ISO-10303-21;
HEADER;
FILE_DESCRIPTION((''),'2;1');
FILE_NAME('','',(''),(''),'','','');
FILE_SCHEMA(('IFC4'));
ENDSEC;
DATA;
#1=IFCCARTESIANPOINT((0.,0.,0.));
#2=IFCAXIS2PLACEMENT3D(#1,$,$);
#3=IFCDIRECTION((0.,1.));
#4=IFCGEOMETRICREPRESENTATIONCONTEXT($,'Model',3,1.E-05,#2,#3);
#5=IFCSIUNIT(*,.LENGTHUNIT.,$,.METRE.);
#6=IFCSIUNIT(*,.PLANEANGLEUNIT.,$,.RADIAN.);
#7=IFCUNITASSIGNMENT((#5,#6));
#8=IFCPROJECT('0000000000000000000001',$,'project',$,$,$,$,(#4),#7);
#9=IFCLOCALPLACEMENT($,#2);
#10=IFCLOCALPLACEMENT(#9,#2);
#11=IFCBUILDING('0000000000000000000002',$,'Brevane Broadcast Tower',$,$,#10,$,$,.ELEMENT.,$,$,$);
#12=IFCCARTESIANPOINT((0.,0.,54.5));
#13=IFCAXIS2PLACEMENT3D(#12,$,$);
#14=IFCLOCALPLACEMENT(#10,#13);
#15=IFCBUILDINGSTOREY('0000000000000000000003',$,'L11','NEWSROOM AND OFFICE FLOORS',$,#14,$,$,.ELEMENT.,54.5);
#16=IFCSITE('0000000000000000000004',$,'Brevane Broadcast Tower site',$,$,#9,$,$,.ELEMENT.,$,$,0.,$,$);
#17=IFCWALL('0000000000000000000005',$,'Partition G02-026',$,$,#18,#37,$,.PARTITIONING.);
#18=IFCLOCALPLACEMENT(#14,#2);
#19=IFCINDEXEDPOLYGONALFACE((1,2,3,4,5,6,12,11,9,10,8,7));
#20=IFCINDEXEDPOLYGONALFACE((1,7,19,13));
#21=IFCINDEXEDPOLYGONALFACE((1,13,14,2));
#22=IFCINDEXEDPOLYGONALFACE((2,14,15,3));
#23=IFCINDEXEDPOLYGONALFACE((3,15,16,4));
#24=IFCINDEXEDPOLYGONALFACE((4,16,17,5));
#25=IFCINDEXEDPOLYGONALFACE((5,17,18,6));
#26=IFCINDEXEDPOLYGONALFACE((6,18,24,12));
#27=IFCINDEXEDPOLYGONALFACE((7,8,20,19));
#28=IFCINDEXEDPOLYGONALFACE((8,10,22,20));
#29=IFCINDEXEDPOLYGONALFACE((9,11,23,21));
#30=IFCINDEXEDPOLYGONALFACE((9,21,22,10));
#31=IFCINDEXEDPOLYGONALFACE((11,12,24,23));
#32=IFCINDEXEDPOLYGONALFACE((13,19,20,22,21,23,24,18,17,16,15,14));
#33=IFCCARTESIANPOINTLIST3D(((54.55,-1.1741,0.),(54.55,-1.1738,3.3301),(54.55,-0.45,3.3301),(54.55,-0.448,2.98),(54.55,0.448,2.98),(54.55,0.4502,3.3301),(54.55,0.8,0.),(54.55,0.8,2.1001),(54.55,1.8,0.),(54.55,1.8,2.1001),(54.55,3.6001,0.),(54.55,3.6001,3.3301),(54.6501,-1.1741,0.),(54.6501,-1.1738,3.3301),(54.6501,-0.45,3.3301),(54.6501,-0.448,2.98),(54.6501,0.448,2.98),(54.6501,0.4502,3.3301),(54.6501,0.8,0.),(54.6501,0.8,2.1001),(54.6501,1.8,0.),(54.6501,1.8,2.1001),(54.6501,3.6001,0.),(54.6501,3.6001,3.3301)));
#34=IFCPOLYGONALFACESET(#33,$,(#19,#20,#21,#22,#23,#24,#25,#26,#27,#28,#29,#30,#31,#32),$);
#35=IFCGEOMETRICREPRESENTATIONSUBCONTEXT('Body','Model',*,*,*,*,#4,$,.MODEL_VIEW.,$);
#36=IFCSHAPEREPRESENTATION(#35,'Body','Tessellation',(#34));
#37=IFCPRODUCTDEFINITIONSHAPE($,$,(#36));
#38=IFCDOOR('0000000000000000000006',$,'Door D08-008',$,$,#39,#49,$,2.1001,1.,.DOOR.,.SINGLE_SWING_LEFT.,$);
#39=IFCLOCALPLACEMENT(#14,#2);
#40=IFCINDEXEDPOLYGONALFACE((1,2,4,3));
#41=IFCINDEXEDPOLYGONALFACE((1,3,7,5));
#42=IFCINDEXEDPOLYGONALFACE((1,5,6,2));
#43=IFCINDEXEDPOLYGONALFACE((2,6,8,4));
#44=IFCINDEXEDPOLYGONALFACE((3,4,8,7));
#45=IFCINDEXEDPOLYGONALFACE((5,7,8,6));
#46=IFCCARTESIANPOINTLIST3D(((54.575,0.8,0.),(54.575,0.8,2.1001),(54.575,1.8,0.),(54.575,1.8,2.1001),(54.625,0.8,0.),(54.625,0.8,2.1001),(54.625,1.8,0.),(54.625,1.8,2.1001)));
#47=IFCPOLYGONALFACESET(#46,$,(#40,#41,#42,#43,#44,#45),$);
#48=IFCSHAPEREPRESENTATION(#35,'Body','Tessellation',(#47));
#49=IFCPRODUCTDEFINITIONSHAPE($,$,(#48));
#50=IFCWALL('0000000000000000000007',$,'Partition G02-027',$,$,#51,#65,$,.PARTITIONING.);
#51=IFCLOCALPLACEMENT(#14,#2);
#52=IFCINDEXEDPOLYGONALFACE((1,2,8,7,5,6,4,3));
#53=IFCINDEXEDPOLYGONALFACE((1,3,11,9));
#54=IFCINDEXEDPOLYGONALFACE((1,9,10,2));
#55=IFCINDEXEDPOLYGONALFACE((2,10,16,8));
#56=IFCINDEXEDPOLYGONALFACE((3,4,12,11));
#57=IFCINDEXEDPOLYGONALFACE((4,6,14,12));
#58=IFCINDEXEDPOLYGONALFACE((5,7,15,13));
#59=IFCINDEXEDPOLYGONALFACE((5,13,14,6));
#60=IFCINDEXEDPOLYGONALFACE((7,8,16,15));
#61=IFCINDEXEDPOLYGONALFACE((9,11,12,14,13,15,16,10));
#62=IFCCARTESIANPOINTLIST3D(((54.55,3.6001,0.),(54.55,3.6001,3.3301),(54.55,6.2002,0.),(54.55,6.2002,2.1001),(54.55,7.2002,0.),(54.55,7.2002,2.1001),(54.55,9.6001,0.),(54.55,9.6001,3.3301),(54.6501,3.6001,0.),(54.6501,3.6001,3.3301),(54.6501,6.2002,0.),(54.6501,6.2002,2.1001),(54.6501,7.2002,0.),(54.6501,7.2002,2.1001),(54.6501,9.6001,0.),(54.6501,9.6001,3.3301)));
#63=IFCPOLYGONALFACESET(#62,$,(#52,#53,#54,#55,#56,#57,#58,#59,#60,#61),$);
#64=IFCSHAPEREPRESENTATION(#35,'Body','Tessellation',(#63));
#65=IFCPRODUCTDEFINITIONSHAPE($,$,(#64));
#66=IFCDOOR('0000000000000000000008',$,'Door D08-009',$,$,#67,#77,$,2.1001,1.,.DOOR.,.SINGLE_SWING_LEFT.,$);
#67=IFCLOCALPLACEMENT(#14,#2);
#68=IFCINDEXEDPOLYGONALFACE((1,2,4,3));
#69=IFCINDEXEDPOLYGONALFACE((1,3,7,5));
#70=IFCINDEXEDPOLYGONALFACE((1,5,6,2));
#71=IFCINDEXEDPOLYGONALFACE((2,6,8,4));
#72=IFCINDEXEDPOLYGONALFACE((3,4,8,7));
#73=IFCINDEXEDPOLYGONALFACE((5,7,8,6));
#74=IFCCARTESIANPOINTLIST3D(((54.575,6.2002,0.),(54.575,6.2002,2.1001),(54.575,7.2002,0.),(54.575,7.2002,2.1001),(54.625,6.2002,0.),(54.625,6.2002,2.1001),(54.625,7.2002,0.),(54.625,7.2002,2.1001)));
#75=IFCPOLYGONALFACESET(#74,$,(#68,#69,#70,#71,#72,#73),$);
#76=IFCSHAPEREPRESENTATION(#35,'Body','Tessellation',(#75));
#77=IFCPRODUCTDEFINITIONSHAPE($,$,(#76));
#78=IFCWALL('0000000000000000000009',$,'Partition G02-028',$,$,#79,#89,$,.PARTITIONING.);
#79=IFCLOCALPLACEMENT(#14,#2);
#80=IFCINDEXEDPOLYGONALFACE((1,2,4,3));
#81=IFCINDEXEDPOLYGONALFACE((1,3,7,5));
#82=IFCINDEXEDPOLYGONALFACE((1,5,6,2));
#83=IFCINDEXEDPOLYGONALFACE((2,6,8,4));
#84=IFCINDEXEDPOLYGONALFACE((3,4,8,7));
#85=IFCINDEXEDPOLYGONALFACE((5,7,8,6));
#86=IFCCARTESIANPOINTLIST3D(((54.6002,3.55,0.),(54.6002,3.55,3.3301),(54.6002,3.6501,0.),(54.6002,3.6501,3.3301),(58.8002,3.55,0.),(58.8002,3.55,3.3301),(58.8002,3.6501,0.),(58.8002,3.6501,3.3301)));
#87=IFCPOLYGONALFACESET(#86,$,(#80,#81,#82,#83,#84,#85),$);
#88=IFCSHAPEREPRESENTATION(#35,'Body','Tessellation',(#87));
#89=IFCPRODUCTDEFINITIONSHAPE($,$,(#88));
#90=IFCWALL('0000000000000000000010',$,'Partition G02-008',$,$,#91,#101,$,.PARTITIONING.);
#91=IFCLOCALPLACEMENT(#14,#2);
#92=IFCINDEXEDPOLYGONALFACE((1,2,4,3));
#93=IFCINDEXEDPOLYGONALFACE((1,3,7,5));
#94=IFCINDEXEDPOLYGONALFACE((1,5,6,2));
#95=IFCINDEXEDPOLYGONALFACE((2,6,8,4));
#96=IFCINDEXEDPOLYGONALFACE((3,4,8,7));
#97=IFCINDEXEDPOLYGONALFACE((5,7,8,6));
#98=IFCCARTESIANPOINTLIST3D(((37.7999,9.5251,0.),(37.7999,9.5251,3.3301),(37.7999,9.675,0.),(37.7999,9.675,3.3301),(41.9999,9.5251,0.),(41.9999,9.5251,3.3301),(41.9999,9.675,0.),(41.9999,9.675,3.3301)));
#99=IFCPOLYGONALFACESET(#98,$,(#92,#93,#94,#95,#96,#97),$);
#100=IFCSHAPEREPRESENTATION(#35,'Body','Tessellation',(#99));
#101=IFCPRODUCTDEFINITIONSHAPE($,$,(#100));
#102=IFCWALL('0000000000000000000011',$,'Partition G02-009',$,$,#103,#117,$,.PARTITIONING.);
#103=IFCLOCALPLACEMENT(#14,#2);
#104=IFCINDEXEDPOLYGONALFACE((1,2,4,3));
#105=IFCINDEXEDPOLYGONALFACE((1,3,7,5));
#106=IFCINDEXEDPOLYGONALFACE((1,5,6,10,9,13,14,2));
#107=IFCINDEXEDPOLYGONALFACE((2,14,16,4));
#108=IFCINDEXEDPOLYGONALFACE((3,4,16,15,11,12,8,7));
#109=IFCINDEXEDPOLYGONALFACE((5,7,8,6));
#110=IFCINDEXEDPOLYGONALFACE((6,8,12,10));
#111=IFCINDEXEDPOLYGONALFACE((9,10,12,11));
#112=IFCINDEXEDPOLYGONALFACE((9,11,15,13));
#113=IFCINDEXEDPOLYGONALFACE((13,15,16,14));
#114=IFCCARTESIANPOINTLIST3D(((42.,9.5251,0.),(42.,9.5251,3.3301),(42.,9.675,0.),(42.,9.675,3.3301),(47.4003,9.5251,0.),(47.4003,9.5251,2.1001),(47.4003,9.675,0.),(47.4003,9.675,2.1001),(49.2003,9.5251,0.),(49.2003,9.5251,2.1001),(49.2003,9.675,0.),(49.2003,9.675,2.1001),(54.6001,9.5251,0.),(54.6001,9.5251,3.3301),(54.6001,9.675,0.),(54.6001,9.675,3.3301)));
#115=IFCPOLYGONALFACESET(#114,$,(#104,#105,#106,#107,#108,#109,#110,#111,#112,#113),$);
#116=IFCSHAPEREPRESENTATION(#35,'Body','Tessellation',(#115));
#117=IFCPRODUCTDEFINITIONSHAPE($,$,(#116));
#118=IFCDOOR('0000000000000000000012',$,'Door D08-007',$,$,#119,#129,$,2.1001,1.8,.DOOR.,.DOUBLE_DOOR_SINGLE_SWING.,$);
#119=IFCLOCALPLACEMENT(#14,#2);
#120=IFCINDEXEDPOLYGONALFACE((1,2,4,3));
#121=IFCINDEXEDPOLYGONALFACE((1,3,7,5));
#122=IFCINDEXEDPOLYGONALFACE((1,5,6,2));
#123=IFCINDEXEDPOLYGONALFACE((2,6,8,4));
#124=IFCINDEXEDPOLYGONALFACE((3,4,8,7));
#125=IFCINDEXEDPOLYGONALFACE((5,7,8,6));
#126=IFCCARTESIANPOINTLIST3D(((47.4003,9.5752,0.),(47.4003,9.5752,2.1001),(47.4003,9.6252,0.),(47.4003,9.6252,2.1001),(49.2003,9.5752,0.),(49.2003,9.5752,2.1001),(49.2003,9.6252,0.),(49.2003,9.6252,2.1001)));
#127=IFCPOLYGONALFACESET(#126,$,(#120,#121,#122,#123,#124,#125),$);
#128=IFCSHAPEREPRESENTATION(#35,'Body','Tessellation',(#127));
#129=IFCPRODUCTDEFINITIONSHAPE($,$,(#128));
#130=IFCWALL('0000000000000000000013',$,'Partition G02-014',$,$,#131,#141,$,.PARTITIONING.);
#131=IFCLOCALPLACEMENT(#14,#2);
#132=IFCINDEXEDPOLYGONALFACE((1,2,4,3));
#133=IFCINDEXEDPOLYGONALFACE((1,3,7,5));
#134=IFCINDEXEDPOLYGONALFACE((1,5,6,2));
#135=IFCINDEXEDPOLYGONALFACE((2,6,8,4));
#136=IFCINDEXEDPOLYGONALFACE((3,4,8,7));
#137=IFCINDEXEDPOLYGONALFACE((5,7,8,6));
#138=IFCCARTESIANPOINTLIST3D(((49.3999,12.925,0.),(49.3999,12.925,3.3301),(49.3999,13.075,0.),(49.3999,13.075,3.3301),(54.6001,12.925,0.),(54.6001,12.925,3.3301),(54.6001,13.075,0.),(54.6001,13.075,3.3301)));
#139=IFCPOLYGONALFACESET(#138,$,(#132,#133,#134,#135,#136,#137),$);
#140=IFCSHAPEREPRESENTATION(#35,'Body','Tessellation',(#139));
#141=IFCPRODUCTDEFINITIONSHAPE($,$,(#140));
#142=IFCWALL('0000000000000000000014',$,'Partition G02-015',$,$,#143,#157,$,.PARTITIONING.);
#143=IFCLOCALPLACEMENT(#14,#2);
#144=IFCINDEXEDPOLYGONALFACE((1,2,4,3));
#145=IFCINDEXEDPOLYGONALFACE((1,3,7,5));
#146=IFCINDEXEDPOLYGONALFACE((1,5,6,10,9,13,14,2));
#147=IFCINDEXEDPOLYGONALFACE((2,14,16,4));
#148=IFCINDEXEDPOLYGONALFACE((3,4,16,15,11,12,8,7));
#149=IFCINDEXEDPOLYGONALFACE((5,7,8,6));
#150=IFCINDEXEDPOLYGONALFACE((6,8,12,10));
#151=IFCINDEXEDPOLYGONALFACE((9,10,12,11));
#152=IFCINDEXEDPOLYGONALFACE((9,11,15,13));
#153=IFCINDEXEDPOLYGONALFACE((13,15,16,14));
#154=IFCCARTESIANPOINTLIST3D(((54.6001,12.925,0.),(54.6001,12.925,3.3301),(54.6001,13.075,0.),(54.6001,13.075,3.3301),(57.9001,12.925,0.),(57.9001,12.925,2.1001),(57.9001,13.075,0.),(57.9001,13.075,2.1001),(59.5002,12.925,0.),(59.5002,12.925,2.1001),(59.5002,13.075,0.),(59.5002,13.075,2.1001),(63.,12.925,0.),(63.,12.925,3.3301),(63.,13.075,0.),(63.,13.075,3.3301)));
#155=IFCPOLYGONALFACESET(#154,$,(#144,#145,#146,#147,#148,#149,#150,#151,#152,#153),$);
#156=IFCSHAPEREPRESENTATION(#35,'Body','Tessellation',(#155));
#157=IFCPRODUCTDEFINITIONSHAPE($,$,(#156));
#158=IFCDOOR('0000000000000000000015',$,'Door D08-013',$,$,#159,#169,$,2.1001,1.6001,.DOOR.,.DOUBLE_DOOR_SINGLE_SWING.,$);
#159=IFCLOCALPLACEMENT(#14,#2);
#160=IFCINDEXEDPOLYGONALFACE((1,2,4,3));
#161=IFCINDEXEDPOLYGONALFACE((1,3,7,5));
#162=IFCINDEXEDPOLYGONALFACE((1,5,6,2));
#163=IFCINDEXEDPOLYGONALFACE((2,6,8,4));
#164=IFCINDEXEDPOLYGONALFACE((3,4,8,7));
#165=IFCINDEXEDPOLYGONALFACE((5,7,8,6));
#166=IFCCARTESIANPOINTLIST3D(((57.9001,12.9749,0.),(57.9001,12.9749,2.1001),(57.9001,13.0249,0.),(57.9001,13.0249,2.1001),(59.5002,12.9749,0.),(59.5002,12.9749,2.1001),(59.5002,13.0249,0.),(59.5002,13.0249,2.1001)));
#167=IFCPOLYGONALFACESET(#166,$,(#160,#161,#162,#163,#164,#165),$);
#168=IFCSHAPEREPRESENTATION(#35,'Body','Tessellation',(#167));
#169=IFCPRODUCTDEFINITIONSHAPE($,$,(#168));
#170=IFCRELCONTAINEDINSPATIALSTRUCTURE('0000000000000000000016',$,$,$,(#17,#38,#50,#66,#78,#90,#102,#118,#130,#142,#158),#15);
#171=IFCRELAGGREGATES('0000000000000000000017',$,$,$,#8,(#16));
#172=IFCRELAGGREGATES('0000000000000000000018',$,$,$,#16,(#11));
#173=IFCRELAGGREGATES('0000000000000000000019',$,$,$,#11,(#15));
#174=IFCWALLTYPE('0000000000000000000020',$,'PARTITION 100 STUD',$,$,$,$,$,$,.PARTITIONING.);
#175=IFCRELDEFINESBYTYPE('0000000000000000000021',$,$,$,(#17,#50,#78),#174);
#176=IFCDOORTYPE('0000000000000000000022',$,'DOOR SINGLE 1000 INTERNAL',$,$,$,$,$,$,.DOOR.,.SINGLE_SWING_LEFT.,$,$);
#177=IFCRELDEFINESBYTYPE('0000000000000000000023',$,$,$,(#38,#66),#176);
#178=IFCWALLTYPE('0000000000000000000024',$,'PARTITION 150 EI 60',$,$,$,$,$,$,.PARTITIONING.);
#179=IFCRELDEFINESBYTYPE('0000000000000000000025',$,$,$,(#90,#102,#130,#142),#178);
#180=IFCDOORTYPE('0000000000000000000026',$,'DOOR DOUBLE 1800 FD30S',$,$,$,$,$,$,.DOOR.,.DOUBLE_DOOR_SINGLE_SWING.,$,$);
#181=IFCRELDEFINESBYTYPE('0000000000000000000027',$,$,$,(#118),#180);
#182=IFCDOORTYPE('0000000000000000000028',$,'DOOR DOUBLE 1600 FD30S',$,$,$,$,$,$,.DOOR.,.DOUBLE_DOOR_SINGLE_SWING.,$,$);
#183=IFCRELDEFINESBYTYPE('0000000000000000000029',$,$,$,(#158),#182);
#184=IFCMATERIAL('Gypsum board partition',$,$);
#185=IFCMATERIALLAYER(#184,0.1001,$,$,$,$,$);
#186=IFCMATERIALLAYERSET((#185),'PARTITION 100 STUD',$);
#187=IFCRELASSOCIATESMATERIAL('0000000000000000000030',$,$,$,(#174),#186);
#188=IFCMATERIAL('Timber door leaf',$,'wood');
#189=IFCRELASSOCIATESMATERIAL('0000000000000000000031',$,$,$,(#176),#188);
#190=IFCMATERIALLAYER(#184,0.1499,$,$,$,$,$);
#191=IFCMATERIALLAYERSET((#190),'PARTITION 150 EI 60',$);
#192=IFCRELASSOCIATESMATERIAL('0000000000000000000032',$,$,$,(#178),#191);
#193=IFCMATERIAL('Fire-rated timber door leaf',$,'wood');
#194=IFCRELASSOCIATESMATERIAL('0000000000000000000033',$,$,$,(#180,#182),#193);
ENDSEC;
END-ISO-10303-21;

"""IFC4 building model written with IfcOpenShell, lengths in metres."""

from ifc_helpers import new_model, si_unit, direction, frame, frame_2d, origin, place, context, subcontext, project, spatial, polyline, rectangle, outline, extrude, material, layer, layer_set, type_object, element, fill, save


model = new_model("IFC4")

# Units and contexts
model_context = context("Model", 3, precision=1e-05, world=origin(), true_north=direction((0.0, 1.0)))
body_context = subcontext(model_context, "Body", "Model", "MODEL_VIEW")
ifc_project = project(units=[si_unit("LENGTHUNIT", "METRE"), si_unit("PLANEANGLEUNIT", "RADIAN")], contexts=[model_context])

# Site, building, storey
site_placement = place(None, origin())
site = spatial("IfcSite", under=ifc_project, at=site_placement, Name="Brevane Broadcast Tower site", CompositionType="ELEMENT", RefElevation=0.0)
building_placement = place(site_placement, origin())
building = spatial("IfcBuilding", under=site, at=building_placement, Name="Brevane Broadcast Tower", CompositionType="ELEMENT")
storey_placement = place(building_placement, frame((0.0, 0.0, 54.5)))
storey = spatial("IfcBuildingStorey", under=building, at=storey_placement, Name="L11", Description="NEWSROOM AND OFFICE FLOORS", CompositionType="ELEMENT", Elevation=54.5)

# Walls, openings, doors
ifc_material_1 = material(Name="Gypsum board partition")
ifc_layer_1 = layer(ifc_material_1, 0.1001)
ifc_layer_set_1 = layer_set([ifc_layer_1], Name="PARTITION 100 STUD")
wall_type_1 = type_object("IfcWallType", Name="PARTITION 100 STUD", PredefinedType="PARTITIONING", material=ifc_layer_set_1)
wall_1_placement = place(storey_placement, frame((54.6001, 3.6001, 0.0), z_axis=(0.0, 0.0, 1.0), x_axis=(0.0, -1.0, 0.0)))
wall_1 = element("IfcWall", 1, at=wall_1_placement, inside=storey, type_object=wall_type_1, Name="Partition G02-026", PredefinedType="PARTITIONING", context=body_context, shape_type="SweptSolid", body=[
    extrude(outline(polyline([(0.0, 0.0), (4.7742, 0.0), (4.7739, 3.3301), (4.7, 3.3301), (4.05, 3.3301), (4.0481, 2.98), (3.1521, 2.98), (3.1499, 3.3301), (0.0, 3.3301), (0.0, 0.0)])), frame((0.0, 0.05, 0.0), z_axis=(0.0, -1.0, 0.0), x_axis=(1.0, 0.0, 0.0)), (0.0, 0.0, 1.0), 0.1001),
])
opening_1_placement = place(wall_1_placement, frame((1.8, 0.0, 0.0)))
opening_1 = element("IfcOpeningElement", 2, at=opening_1_placement, cuts=wall_1, PredefinedType="OPENING", context=body_context, shape_type="SweptSolid", body=[
    extrude(rectangle(XDim=1.0, YDim=2.1001, at=frame_2d((0.5, 1.05))), frame((0.0, 0.0601, 0.0), z_axis=(0.0, -1.0, 0.0), x_axis=(1.0, 0.0, 0.0)), (0.0, 0.0, 1.0), 0.1201),
])
ifc_material_2 = material(Name="Timber door leaf", Category="wood")
door_type_1 = type_object("IfcDoorType", Name="DOOR SINGLE 1000 INTERNAL", OperationType="SINGLE_SWING_LEFT", PredefinedType="DOOR", material=ifc_material_2)
door_1_placement = place(opening_1_placement, origin())
door_1 = element("IfcDoor", 3, at=door_1_placement, inside=storey, type_object=door_type_1, Name="Door D08-008", OperationType="SINGLE_SWING_LEFT", OverallHeight=2.1001, OverallWidth=1.0, PredefinedType="DOOR", context=body_context, shape_type="SweptSolid", body=[
    extrude(rectangle(XDim=1.0, YDim=2.1001, at=frame_2d((0.5, 1.05))), frame((0.0, 0.0249, 0.0), z_axis=(0.0, -1.0, 0.0), x_axis=(1.0, 0.0, 0.0)), (0.0, 0.0, 1.0), 0.05),
])
fill(opening_1, door_1)
wall_2_placement = place(storey_placement, frame((54.6001, 9.6001, 0.0), z_axis=(0.0, 0.0, 1.0), x_axis=(0.0, -1.0, 0.0)))
wall_2 = element("IfcWall", 4, at=wall_2_placement, inside=storey, type_object=wall_type_1, Name="Partition G02-027", PredefinedType="PARTITIONING", context=body_context, shape_type="SweptSolid", body=[
    extrude(rectangle(XDim=6.0, YDim=0.1001, at=frame_2d((3.0, 0.0))), origin(), (0.0, 0.0, 1.0), 3.3301),
])
opening_2_placement = place(wall_2_placement, frame((2.3999, 0.0, 0.0)))
opening_2 = element("IfcOpeningElement", 5, at=opening_2_placement, cuts=wall_2, PredefinedType="OPENING", context=body_context, shape_type="SweptSolid", body=[
    extrude(rectangle(XDim=1.0, YDim=2.1001, at=frame_2d((0.5, 1.05))), frame((0.0, 0.0601, 0.0), z_axis=(0.0, -1.0, 0.0), x_axis=(1.0, 0.0, 0.0)), (0.0, 0.0, 1.0), 0.1201),
])
door_2_placement = place(opening_2_placement, origin())
door_2 = element("IfcDoor", 6, at=door_2_placement, inside=storey, type_object=door_type_1, Name="Door D08-009", OperationType="SINGLE_SWING_LEFT", OverallHeight=2.1001, OverallWidth=1.0, PredefinedType="DOOR", context=body_context, shape_type="SweptSolid", body=[
    extrude(rectangle(XDim=1.0, YDim=2.1001, at=frame_2d((0.5, 1.05))), frame((0.0, 0.0249, 0.0), z_axis=(0.0, -1.0, 0.0), x_axis=(1.0, 0.0, 0.0)), (0.0, 0.0, 1.0), 0.05),
])
fill(opening_2, door_2)

# Walls
wall_3_placement = place(storey_placement, frame((54.6001, 3.6001, 0.0), z_axis=(0.0, 0.0, 1.0), x_axis=(1.0, 0.0, 0.0)))
element("IfcWall", 7, at=wall_3_placement, inside=storey, type_object=wall_type_1, Name="Partition G02-028", PredefinedType="PARTITIONING", context=body_context, shape_type="SweptSolid", body=[
    extrude(rectangle(XDim=4.2, YDim=0.1001, at=frame_2d((2.1001, 0.0))), origin(), (0.0, 0.0, 1.0), 3.3301),
])
ifc_layer_2 = layer(ifc_material_1, 0.1499)
ifc_layer_set_2 = layer_set([ifc_layer_2], Name="PARTITION 150 EI 60")
wall_type_2 = type_object("IfcWallType", Name="PARTITION 150 EI 60", PredefinedType="PARTITIONING", material=ifc_layer_set_2)
wall_4_placement = place(storey_placement, frame((42.0, 9.6001, 0.0), z_axis=(0.0, 0.0, 1.0), x_axis=(-1.0, 0.0, 0.0)))
element("IfcWall", 8, at=wall_4_placement, inside=storey, type_object=wall_type_2, Name="Partition G02-008", PredefinedType="PARTITIONING", context=body_context, shape_type="SweptSolid", body=[
    extrude(rectangle(XDim=4.2, YDim=0.1499, at=frame_2d((2.1001, 0.0))), origin(), (0.0, 0.0, 1.0), 3.3301),
])

# Wall, opening, door
wall_5_placement = place(storey_placement, frame((54.6001, 9.6001, 0.0), z_axis=(0.0, 0.0, 1.0), x_axis=(-1.0, 0.0, 0.0)))
wall_5 = element("IfcWall", 9, at=wall_5_placement, inside=storey, type_object=wall_type_2, Name="Partition G02-009", PredefinedType="PARTITIONING", context=body_context, shape_type="SweptSolid", body=[
    extrude(rectangle(XDim=12.6001, YDim=0.1499, at=frame_2d((6.3, 0.0))), origin(), (0.0, 0.0, 1.0), 3.3301),
])
opening_3_placement = place(wall_5_placement, frame((5.3999, 0.0, 0.0)))
opening_3 = element("IfcOpeningElement", 10, at=opening_3_placement, cuts=wall_5, PredefinedType="OPENING", context=body_context, shape_type="SweptSolid", body=[
    extrude(rectangle(XDim=1.8, YDim=2.1001, at=frame_2d((0.8999, 1.05))), frame((0.0, 0.085, 0.0), z_axis=(0.0, -1.0, 0.0), x_axis=(1.0, 0.0, 0.0)), (0.0, 0.0, 1.0), 0.1699),
])
ifc_material_3 = material(Name="Fire-rated timber door leaf", Category="wood")
door_type_2 = type_object("IfcDoorType", Name="DOOR DOUBLE 1800 FD30S", OperationType="DOUBLE_DOOR_SINGLE_SWING", PredefinedType="DOOR", material=ifc_material_3)
door_3_placement = place(opening_3_placement, origin())
door_3 = element("IfcDoor", 11, at=door_3_placement, inside=storey, type_object=door_type_2, Name="Door D08-007", OperationType="DOUBLE_DOOR_SINGLE_SWING", OverallHeight=2.1001, OverallWidth=1.8, PredefinedType="DOOR", context=body_context, shape_type="SweptSolid", body=[
    extrude(rectangle(XDim=1.8, YDim=2.1001, at=frame_2d((0.8999, 1.05))), frame((0.0, 0.0249, 0.0), z_axis=(0.0, -1.0, 0.0), x_axis=(1.0, 0.0, 0.0)), (0.0, 0.0, 1.0), 0.05),
])
fill(opening_3, door_3)

# Wall
wall_6_placement = place(storey_placement, frame((49.3999, 13.0, 0.0), z_axis=(0.0, 0.0, 1.0), x_axis=(1.0, 0.0, 0.0)))
element("IfcWall", 12, at=wall_6_placement, inside=storey, type_object=wall_type_2, Name="Partition G02-014", PredefinedType="PARTITIONING", context=body_context, shape_type="SweptSolid", body=[
    extrude(rectangle(XDim=5.2002, YDim=0.1499, at=frame_2d((2.6001, 0.0))), origin(), (0.0, 0.0, 1.0), 3.3301),
])

# Wall, opening, door
wall_7_placement = place(storey_placement, frame((54.6001, 13.0, 0.0), z_axis=(0.0, 0.0, 1.0), x_axis=(1.0, 0.0, 0.0)))
wall_7 = element("IfcWall", 13, at=wall_7_placement, inside=storey, type_object=wall_type_2, Name="Partition G02-015", PredefinedType="PARTITIONING", context=body_context, shape_type="SweptSolid", body=[
    extrude(rectangle(XDim=8.3999, YDim=0.1499, at=frame_2d((4.2, 0.0))), origin(), (0.0, 0.0, 1.0), 3.3301),
])
opening_4_placement = place(wall_7_placement, frame((3.3, 0.0, 0.0)))
opening_4 = element("IfcOpeningElement", 14, at=opening_4_placement, cuts=wall_7, PredefinedType="OPENING", context=body_context, shape_type="SweptSolid", body=[
    extrude(rectangle(XDim=1.6001, YDim=2.1001, at=frame_2d((0.8, 1.05))), frame((0.0, 0.085, 0.0), z_axis=(0.0, -1.0, 0.0), x_axis=(1.0, 0.0, 0.0)), (0.0, 0.0, 1.0), 0.1699),
])
door_type_3 = type_object("IfcDoorType", Name="DOOR DOUBLE 1600 FD30S", OperationType="DOUBLE_DOOR_SINGLE_SWING", PredefinedType="DOOR", material=ifc_material_3)
door_4_placement = place(opening_4_placement, origin())
door_4 = element("IfcDoor", 15, at=door_4_placement, inside=storey, type_object=door_type_3, Name="Door D08-013", OperationType="DOUBLE_DOOR_SINGLE_SWING", OverallHeight=2.1001, OverallWidth=1.6001, PredefinedType="DOOR", context=body_context, shape_type="SweptSolid", body=[
    extrude(rectangle(XDim=1.6001, YDim=2.1001, at=frame_2d((0.8, 1.05))), frame((0.0, 0.0249, 0.0), z_axis=(0.0, -1.0, 0.0), x_axis=(1.0, 0.0, 0.0)), (0.0, 0.0, 1.0), 0.05),
])
fill(opening_4, door_4)

save(model, "model.ifc")
